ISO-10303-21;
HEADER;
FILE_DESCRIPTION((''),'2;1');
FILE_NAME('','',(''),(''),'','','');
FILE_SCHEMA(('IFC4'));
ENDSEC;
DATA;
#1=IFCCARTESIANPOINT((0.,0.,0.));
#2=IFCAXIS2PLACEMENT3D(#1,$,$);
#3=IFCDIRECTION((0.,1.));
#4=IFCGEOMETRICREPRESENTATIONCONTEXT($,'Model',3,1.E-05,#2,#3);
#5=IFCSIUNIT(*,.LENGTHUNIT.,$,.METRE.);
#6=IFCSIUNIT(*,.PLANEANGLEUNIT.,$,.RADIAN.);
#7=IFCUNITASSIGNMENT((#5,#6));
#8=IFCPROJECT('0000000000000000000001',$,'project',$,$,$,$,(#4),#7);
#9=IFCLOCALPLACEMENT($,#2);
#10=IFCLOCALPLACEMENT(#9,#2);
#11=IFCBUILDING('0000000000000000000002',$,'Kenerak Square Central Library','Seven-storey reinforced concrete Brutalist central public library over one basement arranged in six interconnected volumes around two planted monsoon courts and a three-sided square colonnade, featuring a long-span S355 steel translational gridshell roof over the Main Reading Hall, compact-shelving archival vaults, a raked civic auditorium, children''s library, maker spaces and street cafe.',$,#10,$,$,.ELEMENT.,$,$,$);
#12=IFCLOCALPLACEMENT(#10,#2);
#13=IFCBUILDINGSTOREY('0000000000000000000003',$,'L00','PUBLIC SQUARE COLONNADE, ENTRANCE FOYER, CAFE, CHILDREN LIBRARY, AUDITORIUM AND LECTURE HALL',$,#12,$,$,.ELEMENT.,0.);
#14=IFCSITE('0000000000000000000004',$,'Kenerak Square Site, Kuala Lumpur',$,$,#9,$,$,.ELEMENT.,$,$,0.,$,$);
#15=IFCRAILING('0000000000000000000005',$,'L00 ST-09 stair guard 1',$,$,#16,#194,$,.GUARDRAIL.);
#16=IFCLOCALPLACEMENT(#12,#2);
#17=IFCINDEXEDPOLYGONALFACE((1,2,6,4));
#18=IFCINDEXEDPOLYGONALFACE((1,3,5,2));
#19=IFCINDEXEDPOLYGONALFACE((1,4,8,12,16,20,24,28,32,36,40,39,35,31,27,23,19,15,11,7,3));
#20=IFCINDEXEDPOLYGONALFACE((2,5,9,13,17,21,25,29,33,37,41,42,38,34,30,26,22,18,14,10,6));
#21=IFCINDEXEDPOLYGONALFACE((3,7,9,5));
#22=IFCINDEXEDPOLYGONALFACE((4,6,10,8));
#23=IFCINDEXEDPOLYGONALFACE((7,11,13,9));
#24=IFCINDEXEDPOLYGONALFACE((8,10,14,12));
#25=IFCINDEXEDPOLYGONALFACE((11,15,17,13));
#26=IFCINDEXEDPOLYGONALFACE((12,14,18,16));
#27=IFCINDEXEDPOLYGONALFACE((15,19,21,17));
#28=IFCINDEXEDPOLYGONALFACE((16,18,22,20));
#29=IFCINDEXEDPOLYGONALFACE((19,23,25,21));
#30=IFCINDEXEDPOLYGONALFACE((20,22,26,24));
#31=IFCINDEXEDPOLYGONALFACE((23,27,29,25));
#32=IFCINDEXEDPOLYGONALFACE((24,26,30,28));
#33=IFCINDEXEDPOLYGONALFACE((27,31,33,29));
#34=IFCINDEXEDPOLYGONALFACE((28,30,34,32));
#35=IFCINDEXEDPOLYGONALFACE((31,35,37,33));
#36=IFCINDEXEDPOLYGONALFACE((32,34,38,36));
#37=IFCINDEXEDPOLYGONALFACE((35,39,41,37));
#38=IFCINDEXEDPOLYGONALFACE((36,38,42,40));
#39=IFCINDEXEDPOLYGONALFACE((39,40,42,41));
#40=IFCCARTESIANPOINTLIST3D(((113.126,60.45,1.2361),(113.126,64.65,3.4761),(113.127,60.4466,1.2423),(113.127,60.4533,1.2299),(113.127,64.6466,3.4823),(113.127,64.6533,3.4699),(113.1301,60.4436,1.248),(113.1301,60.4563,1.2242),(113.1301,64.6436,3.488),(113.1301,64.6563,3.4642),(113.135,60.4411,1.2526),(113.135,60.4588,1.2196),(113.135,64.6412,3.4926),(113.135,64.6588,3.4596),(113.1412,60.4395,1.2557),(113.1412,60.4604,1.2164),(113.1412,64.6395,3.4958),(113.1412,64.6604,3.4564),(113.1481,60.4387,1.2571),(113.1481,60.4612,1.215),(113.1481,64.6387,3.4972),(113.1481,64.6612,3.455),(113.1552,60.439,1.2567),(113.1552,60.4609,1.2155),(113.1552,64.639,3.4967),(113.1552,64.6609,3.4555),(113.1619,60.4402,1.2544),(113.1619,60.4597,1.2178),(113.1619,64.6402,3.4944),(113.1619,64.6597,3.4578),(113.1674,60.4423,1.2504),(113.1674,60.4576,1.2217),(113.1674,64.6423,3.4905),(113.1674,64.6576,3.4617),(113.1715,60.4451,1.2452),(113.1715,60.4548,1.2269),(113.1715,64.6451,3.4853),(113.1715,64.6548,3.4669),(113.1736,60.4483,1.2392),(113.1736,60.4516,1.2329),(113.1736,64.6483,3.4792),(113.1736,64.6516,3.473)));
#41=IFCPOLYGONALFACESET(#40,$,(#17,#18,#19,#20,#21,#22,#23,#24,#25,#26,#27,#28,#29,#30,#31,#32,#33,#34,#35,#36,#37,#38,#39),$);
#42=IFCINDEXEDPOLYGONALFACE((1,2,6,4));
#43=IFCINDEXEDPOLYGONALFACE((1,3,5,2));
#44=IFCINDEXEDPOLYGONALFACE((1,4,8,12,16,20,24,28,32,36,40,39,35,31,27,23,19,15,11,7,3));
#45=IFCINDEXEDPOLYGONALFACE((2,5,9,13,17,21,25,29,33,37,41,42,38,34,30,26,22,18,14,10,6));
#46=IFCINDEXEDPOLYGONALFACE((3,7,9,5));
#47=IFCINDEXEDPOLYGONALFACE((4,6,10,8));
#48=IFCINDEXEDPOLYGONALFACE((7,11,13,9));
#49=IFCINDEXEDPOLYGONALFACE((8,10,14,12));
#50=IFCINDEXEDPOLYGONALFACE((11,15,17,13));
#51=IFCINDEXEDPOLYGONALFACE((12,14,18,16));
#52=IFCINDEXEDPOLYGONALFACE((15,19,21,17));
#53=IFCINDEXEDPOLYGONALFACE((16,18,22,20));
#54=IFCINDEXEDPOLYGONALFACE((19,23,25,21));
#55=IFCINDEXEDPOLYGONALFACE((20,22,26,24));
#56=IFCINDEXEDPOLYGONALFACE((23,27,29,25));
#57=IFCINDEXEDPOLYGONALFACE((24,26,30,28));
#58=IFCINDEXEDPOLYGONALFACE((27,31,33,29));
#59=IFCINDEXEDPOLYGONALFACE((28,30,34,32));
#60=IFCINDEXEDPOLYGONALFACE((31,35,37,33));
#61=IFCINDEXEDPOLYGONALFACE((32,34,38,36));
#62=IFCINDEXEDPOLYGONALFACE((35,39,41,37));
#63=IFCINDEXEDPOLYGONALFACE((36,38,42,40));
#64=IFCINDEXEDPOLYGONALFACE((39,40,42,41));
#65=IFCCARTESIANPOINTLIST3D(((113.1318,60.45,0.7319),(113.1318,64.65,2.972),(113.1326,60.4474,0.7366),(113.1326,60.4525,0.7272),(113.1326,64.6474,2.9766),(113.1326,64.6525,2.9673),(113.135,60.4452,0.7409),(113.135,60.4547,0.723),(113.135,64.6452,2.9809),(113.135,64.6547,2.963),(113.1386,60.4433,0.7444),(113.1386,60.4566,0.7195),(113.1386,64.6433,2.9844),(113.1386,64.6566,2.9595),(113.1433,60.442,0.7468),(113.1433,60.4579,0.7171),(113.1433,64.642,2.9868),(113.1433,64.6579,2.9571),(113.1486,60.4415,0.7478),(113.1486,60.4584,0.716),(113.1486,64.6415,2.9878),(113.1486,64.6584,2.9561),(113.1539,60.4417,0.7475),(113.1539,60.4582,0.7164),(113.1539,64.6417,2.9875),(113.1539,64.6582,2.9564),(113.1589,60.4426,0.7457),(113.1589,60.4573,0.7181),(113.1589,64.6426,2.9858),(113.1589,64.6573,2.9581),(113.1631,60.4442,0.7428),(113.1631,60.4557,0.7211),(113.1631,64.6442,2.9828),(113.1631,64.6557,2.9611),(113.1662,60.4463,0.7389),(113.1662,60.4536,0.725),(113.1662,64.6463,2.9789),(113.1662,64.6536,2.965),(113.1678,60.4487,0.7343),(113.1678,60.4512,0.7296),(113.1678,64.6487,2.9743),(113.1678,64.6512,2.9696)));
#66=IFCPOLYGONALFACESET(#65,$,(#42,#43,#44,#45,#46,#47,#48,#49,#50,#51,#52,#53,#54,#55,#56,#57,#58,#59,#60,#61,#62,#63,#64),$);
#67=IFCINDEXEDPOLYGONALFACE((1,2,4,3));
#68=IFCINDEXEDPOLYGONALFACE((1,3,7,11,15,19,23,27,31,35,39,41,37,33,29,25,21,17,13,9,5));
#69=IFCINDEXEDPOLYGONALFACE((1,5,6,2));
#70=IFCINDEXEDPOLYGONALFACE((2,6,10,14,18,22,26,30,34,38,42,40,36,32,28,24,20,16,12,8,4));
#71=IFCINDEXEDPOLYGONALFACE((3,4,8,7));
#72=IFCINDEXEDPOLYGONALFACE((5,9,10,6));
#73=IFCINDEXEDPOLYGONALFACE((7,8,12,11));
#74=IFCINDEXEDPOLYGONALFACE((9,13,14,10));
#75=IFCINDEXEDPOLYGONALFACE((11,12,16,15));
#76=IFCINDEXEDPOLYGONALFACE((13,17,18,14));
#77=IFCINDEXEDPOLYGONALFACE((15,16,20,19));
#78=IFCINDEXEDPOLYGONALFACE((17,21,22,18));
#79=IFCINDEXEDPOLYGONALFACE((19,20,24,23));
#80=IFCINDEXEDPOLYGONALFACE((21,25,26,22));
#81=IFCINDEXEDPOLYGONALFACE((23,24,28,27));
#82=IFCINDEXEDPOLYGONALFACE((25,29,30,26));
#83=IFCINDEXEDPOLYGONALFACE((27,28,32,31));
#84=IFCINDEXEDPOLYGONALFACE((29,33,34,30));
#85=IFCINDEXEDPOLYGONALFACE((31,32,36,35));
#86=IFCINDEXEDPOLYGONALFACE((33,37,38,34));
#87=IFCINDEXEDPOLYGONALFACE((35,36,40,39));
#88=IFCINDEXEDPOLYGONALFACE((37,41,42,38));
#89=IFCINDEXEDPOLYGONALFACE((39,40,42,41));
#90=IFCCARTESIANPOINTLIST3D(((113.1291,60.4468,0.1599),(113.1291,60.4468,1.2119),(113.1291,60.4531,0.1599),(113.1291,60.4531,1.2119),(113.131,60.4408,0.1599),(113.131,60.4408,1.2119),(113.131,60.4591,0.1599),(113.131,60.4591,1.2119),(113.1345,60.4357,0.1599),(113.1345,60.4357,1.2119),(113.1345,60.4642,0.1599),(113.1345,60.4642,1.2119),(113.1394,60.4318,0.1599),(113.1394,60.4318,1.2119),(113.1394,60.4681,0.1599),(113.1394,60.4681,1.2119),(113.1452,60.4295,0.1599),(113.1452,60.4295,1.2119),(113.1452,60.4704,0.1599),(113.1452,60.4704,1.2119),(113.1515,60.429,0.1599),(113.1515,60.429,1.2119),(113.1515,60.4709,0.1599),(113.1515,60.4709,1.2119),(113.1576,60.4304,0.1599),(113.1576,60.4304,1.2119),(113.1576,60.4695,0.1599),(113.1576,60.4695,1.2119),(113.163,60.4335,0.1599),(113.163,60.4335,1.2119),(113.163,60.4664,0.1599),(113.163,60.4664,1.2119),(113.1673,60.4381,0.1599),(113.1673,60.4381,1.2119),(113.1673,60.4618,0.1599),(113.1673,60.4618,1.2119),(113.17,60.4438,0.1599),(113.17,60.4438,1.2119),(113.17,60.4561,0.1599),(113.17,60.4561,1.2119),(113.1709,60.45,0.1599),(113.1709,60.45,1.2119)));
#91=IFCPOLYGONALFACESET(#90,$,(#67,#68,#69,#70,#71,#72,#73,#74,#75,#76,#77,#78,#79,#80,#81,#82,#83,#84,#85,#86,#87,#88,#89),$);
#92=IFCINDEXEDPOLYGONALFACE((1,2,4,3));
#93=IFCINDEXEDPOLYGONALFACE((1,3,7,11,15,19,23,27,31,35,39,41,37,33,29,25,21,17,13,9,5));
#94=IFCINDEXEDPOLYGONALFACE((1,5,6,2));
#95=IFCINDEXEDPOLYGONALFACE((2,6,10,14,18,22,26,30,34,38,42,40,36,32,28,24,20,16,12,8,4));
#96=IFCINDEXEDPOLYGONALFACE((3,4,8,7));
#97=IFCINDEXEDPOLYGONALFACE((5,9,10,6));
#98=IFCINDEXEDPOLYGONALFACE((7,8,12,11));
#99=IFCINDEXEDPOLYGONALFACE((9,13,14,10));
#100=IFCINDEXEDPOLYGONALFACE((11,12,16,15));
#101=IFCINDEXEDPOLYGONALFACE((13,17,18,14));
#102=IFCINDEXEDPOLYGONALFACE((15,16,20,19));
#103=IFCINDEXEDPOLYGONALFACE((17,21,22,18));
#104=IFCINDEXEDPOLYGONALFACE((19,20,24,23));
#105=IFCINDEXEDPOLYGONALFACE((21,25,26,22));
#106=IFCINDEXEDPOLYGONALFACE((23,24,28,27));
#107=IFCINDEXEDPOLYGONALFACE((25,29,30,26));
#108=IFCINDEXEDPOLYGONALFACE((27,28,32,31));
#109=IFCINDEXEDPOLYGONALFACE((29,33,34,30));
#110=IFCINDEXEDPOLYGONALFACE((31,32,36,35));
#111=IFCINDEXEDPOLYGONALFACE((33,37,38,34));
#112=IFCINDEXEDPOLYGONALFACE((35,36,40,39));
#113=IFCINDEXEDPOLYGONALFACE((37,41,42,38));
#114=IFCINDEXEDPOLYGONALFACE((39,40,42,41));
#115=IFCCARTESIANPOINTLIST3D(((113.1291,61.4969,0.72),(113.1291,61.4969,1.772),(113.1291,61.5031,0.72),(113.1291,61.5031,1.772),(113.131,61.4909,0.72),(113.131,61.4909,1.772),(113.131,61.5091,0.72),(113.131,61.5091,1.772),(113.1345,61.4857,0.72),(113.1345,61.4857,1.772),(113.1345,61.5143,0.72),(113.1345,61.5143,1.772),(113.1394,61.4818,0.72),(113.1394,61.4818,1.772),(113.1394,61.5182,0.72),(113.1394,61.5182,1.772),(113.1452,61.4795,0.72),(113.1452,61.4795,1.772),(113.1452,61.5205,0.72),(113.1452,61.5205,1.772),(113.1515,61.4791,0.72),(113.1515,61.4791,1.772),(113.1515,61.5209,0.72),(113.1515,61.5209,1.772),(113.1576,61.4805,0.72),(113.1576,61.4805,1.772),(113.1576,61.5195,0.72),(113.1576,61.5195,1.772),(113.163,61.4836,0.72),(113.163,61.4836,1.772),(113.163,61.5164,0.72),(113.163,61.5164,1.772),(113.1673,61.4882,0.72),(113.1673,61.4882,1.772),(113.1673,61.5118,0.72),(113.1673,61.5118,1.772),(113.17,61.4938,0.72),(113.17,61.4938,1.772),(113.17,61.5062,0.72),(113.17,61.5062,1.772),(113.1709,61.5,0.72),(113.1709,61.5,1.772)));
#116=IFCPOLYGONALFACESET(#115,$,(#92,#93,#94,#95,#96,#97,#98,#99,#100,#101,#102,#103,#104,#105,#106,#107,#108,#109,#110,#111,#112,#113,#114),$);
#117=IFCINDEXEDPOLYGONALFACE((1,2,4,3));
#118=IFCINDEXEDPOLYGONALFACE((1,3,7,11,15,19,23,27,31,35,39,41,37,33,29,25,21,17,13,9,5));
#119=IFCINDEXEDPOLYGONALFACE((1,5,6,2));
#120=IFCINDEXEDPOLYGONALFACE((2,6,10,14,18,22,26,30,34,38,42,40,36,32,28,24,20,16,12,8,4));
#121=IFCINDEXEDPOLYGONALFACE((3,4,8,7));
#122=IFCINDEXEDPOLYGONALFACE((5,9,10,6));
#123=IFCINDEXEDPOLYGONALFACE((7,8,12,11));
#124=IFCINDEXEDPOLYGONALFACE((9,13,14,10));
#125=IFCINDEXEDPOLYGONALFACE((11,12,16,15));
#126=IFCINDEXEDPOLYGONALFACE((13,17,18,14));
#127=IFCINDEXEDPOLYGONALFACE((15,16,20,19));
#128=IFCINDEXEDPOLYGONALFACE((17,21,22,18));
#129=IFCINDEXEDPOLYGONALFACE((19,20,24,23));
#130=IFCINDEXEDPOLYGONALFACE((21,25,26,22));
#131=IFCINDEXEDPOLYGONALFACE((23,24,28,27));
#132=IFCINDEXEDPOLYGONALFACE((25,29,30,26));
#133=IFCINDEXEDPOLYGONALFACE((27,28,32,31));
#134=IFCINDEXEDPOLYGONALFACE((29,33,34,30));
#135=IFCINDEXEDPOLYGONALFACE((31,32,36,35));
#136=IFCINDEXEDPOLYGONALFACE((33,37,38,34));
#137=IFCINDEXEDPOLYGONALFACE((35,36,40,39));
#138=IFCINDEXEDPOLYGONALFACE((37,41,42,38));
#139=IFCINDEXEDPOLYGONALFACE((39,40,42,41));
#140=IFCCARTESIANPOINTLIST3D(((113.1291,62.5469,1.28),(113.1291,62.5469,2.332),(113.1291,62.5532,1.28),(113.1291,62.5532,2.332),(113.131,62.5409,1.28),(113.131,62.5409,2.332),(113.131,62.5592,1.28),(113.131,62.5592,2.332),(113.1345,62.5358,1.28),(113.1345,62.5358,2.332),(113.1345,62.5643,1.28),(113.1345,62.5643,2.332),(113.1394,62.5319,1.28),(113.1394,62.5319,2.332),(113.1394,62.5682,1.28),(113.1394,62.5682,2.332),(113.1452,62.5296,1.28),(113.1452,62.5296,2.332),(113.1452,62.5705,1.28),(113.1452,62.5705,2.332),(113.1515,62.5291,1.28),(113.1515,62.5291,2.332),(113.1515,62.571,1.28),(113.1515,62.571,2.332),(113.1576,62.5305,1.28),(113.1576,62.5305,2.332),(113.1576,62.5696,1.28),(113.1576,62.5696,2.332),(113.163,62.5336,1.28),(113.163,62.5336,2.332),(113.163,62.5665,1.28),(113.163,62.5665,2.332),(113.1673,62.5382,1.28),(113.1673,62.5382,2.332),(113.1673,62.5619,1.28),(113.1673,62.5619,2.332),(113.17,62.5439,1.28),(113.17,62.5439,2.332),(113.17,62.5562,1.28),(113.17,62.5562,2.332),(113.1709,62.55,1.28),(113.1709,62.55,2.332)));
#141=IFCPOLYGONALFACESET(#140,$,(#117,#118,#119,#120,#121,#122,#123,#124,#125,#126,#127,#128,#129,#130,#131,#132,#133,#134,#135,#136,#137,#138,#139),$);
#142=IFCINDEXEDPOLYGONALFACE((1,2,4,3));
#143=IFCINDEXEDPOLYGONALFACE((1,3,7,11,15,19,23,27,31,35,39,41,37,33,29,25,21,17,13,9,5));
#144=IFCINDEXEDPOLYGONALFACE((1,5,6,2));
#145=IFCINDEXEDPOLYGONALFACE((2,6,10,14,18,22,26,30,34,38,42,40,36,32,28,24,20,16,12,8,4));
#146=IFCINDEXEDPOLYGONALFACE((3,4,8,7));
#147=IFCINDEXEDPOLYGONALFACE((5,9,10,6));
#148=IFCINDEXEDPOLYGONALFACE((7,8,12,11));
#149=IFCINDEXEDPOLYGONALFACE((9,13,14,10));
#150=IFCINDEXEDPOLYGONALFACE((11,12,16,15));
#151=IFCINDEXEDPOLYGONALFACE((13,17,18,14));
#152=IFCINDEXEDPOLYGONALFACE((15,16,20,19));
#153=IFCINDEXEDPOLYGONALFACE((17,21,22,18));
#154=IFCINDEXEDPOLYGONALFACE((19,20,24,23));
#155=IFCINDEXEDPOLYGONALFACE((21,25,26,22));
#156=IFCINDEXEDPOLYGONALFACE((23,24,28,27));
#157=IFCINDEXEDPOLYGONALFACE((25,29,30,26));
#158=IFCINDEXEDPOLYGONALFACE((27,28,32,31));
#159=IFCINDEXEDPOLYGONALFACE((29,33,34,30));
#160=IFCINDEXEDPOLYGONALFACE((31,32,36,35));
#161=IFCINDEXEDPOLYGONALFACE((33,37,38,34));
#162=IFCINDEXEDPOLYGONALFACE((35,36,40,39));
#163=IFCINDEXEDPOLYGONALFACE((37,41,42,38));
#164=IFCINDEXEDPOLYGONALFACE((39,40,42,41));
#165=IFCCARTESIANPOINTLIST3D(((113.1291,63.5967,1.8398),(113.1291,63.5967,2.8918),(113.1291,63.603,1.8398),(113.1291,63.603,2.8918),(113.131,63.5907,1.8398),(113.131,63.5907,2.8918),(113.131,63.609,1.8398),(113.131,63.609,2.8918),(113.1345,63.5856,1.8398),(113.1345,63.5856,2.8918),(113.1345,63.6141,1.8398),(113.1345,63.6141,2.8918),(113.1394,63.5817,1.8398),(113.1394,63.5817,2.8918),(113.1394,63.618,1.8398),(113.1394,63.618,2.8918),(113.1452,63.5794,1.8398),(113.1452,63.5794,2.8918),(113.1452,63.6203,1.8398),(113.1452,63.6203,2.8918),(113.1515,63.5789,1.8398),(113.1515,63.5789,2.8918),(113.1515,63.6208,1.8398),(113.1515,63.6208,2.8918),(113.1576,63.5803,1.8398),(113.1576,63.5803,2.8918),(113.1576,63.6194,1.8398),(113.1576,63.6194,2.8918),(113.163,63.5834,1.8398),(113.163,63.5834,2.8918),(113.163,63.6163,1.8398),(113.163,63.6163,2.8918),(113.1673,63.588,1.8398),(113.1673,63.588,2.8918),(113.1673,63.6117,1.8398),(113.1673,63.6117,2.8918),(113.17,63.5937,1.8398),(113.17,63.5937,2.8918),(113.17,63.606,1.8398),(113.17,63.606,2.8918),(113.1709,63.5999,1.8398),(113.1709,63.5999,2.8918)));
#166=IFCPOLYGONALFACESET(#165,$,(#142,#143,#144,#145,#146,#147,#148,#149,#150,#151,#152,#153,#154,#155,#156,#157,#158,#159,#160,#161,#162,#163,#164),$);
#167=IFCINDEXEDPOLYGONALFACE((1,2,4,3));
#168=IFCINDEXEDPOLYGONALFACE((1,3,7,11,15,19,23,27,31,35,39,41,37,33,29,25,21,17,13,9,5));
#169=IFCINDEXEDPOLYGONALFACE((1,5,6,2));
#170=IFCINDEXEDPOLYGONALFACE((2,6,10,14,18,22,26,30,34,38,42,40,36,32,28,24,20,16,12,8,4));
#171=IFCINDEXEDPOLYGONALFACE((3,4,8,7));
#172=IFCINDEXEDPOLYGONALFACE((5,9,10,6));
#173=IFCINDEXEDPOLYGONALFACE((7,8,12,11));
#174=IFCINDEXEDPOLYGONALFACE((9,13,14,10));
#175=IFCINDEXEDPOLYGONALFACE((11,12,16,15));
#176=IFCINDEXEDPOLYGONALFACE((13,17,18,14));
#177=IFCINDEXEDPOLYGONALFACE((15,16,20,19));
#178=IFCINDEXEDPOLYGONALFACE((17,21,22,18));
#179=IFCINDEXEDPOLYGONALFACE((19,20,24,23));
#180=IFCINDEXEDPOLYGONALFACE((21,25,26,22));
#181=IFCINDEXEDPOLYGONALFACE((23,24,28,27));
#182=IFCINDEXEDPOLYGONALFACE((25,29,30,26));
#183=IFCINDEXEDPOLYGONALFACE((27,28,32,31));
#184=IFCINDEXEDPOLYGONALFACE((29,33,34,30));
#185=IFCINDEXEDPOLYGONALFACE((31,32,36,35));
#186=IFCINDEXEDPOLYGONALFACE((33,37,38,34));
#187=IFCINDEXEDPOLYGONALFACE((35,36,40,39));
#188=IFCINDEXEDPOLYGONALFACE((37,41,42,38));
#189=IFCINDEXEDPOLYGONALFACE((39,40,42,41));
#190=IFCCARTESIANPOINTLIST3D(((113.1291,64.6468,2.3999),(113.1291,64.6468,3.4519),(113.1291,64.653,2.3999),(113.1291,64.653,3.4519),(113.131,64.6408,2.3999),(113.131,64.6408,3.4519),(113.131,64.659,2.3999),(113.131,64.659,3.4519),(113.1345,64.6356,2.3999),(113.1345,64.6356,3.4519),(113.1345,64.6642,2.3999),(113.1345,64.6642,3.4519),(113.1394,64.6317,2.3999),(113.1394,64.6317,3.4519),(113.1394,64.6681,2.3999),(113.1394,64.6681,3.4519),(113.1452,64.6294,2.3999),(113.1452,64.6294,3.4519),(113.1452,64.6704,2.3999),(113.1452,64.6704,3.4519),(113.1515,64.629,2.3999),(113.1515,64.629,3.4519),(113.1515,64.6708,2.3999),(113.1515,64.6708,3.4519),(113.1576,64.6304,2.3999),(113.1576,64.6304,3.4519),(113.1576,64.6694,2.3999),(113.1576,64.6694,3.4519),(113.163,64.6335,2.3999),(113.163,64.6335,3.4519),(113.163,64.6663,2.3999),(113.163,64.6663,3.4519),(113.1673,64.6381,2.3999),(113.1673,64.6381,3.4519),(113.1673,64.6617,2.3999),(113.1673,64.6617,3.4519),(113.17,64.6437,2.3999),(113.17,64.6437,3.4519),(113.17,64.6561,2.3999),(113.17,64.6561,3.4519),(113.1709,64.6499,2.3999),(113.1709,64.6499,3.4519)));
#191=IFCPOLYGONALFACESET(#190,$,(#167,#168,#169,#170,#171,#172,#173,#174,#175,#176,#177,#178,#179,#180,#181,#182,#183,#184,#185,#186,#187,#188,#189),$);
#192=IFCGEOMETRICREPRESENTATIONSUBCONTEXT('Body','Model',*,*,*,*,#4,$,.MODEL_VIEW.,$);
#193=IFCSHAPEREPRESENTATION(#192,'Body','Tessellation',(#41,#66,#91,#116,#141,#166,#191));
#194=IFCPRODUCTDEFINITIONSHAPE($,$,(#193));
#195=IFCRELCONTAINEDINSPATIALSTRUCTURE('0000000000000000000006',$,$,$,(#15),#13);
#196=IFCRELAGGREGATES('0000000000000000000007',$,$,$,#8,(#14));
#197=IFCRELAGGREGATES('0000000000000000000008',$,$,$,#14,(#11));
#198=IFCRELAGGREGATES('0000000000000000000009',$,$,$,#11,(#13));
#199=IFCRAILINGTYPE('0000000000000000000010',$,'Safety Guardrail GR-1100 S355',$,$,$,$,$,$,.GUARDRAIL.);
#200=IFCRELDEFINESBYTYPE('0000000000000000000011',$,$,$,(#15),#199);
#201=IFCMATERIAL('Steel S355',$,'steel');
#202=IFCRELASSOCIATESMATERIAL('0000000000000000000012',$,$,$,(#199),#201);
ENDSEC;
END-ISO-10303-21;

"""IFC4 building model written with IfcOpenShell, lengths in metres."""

from ifc_helpers import new_model, si_unit, direction, frame, origin, origin_2d, place, context, subcontext, project, spatial, circle, extrude, material, type_object, element, save


model = new_model("IFC4")

# Units and contexts
model_context = context("Model", 3, precision=1e-05, world=origin(), true_north=direction((0.0, 1.0)))
body_context = subcontext(model_context, "Body", "Model", "MODEL_VIEW")
ifc_project = project(units=[si_unit("LENGTHUNIT", "METRE"), si_unit("PLANEANGLEUNIT", "RADIAN")], contexts=[model_context])

# Site, building, storey
site_placement = place(None, origin())
site = spatial("IfcSite", under=ifc_project, at=site_placement, Name="Kenerak Square Site, Kuala Lumpur", CompositionType="ELEMENT", RefElevation=0.0)
building_placement = place(site_placement, origin())
building = spatial("IfcBuilding", under=site, at=building_placement, Name="Kenerak Square Central Library", Description="Seven-storey reinforced concrete Brutalist central public library over one basement arranged in six interconnected volumes around two planted monsoon courts and a three-sided square colonnade, featuring a long-span S355 steel translational gridshell roof over the Main Reading Hall, compact-shelving archival vaults, a raked civic auditorium, children's library, maker spaces and street cafe.", CompositionType="ELEMENT")
storey_placement = place(building_placement, origin())
storey = spatial("IfcBuildingStorey", under=building, at=storey_placement, Name="L00", Description="PUBLIC SQUARE COLONNADE, ENTRANCE FOYER, CAFE, CHILDREN LIBRARY, AUDITORIUM AND LECTURE HALL", CompositionType="ELEMENT", Elevation=0.0)

# Shared definitions
ifc_material_1 = material(Name="Steel S355", Category="steel")

# Railing
railing_type_1 = type_object("IfcRailingType", Name="Safety Guardrail GR-1100 S355", PredefinedType="GUARDRAIL", material=ifc_material_1)
railing_1_placement = place(storey_placement, frame((113.1499, 60.45, 0.1599)))
element("IfcRailing", 1, at=railing_1_placement, inside=storey, type_object=railing_type_1, Name="L00 ST-09 stair guard 1", PredefinedType="GUARDRAIL", context=body_context, shape_type="SweptSolid", body=[
    extrude(circle(Radius=0.0239, at=origin_2d()), frame((0.0, 0.0, 1.0762), z_axis=(0.0, 0.882352, 0.470591), x_axis=(-1.0, 0.0, 0.0)), (0.0, 0.0, 1.0), 4.76),
    extrude(circle(Radius=0.0181, at=origin_2d()), frame((0.0, 0.0, 0.572), z_axis=(0.0, 0.882352, 0.470591), x_axis=(-1.0, 0.0, 0.0)), (0.0, 0.0, 1.0), 4.76),
    extrude(circle(Radius=0.021, at=origin_2d()), origin(), (0.0, 0.0, 1.0), 1.052),
    extrude(circle(Radius=0.021, at=origin_2d()), frame((0.0, 1.05, 0.5601)), (0.0, 0.0, 1.0), 1.052),
    extrude(circle(Radius=0.021, at=origin_2d()), frame((0.0, 2.1001, 1.1201)), (0.0, 0.0, 1.0), 1.052),
    extrude(circle(Radius=0.021, at=origin_2d()), frame((0.0, 3.1499, 1.6799)), (0.0, 0.0, 1.0), 1.052),
    extrude(circle(Radius=0.021, at=origin_2d()), frame((0.0, 4.2, 2.24)), (0.0, 0.0, 1.0), 1.052),
])

save(model, "model.ifc")
